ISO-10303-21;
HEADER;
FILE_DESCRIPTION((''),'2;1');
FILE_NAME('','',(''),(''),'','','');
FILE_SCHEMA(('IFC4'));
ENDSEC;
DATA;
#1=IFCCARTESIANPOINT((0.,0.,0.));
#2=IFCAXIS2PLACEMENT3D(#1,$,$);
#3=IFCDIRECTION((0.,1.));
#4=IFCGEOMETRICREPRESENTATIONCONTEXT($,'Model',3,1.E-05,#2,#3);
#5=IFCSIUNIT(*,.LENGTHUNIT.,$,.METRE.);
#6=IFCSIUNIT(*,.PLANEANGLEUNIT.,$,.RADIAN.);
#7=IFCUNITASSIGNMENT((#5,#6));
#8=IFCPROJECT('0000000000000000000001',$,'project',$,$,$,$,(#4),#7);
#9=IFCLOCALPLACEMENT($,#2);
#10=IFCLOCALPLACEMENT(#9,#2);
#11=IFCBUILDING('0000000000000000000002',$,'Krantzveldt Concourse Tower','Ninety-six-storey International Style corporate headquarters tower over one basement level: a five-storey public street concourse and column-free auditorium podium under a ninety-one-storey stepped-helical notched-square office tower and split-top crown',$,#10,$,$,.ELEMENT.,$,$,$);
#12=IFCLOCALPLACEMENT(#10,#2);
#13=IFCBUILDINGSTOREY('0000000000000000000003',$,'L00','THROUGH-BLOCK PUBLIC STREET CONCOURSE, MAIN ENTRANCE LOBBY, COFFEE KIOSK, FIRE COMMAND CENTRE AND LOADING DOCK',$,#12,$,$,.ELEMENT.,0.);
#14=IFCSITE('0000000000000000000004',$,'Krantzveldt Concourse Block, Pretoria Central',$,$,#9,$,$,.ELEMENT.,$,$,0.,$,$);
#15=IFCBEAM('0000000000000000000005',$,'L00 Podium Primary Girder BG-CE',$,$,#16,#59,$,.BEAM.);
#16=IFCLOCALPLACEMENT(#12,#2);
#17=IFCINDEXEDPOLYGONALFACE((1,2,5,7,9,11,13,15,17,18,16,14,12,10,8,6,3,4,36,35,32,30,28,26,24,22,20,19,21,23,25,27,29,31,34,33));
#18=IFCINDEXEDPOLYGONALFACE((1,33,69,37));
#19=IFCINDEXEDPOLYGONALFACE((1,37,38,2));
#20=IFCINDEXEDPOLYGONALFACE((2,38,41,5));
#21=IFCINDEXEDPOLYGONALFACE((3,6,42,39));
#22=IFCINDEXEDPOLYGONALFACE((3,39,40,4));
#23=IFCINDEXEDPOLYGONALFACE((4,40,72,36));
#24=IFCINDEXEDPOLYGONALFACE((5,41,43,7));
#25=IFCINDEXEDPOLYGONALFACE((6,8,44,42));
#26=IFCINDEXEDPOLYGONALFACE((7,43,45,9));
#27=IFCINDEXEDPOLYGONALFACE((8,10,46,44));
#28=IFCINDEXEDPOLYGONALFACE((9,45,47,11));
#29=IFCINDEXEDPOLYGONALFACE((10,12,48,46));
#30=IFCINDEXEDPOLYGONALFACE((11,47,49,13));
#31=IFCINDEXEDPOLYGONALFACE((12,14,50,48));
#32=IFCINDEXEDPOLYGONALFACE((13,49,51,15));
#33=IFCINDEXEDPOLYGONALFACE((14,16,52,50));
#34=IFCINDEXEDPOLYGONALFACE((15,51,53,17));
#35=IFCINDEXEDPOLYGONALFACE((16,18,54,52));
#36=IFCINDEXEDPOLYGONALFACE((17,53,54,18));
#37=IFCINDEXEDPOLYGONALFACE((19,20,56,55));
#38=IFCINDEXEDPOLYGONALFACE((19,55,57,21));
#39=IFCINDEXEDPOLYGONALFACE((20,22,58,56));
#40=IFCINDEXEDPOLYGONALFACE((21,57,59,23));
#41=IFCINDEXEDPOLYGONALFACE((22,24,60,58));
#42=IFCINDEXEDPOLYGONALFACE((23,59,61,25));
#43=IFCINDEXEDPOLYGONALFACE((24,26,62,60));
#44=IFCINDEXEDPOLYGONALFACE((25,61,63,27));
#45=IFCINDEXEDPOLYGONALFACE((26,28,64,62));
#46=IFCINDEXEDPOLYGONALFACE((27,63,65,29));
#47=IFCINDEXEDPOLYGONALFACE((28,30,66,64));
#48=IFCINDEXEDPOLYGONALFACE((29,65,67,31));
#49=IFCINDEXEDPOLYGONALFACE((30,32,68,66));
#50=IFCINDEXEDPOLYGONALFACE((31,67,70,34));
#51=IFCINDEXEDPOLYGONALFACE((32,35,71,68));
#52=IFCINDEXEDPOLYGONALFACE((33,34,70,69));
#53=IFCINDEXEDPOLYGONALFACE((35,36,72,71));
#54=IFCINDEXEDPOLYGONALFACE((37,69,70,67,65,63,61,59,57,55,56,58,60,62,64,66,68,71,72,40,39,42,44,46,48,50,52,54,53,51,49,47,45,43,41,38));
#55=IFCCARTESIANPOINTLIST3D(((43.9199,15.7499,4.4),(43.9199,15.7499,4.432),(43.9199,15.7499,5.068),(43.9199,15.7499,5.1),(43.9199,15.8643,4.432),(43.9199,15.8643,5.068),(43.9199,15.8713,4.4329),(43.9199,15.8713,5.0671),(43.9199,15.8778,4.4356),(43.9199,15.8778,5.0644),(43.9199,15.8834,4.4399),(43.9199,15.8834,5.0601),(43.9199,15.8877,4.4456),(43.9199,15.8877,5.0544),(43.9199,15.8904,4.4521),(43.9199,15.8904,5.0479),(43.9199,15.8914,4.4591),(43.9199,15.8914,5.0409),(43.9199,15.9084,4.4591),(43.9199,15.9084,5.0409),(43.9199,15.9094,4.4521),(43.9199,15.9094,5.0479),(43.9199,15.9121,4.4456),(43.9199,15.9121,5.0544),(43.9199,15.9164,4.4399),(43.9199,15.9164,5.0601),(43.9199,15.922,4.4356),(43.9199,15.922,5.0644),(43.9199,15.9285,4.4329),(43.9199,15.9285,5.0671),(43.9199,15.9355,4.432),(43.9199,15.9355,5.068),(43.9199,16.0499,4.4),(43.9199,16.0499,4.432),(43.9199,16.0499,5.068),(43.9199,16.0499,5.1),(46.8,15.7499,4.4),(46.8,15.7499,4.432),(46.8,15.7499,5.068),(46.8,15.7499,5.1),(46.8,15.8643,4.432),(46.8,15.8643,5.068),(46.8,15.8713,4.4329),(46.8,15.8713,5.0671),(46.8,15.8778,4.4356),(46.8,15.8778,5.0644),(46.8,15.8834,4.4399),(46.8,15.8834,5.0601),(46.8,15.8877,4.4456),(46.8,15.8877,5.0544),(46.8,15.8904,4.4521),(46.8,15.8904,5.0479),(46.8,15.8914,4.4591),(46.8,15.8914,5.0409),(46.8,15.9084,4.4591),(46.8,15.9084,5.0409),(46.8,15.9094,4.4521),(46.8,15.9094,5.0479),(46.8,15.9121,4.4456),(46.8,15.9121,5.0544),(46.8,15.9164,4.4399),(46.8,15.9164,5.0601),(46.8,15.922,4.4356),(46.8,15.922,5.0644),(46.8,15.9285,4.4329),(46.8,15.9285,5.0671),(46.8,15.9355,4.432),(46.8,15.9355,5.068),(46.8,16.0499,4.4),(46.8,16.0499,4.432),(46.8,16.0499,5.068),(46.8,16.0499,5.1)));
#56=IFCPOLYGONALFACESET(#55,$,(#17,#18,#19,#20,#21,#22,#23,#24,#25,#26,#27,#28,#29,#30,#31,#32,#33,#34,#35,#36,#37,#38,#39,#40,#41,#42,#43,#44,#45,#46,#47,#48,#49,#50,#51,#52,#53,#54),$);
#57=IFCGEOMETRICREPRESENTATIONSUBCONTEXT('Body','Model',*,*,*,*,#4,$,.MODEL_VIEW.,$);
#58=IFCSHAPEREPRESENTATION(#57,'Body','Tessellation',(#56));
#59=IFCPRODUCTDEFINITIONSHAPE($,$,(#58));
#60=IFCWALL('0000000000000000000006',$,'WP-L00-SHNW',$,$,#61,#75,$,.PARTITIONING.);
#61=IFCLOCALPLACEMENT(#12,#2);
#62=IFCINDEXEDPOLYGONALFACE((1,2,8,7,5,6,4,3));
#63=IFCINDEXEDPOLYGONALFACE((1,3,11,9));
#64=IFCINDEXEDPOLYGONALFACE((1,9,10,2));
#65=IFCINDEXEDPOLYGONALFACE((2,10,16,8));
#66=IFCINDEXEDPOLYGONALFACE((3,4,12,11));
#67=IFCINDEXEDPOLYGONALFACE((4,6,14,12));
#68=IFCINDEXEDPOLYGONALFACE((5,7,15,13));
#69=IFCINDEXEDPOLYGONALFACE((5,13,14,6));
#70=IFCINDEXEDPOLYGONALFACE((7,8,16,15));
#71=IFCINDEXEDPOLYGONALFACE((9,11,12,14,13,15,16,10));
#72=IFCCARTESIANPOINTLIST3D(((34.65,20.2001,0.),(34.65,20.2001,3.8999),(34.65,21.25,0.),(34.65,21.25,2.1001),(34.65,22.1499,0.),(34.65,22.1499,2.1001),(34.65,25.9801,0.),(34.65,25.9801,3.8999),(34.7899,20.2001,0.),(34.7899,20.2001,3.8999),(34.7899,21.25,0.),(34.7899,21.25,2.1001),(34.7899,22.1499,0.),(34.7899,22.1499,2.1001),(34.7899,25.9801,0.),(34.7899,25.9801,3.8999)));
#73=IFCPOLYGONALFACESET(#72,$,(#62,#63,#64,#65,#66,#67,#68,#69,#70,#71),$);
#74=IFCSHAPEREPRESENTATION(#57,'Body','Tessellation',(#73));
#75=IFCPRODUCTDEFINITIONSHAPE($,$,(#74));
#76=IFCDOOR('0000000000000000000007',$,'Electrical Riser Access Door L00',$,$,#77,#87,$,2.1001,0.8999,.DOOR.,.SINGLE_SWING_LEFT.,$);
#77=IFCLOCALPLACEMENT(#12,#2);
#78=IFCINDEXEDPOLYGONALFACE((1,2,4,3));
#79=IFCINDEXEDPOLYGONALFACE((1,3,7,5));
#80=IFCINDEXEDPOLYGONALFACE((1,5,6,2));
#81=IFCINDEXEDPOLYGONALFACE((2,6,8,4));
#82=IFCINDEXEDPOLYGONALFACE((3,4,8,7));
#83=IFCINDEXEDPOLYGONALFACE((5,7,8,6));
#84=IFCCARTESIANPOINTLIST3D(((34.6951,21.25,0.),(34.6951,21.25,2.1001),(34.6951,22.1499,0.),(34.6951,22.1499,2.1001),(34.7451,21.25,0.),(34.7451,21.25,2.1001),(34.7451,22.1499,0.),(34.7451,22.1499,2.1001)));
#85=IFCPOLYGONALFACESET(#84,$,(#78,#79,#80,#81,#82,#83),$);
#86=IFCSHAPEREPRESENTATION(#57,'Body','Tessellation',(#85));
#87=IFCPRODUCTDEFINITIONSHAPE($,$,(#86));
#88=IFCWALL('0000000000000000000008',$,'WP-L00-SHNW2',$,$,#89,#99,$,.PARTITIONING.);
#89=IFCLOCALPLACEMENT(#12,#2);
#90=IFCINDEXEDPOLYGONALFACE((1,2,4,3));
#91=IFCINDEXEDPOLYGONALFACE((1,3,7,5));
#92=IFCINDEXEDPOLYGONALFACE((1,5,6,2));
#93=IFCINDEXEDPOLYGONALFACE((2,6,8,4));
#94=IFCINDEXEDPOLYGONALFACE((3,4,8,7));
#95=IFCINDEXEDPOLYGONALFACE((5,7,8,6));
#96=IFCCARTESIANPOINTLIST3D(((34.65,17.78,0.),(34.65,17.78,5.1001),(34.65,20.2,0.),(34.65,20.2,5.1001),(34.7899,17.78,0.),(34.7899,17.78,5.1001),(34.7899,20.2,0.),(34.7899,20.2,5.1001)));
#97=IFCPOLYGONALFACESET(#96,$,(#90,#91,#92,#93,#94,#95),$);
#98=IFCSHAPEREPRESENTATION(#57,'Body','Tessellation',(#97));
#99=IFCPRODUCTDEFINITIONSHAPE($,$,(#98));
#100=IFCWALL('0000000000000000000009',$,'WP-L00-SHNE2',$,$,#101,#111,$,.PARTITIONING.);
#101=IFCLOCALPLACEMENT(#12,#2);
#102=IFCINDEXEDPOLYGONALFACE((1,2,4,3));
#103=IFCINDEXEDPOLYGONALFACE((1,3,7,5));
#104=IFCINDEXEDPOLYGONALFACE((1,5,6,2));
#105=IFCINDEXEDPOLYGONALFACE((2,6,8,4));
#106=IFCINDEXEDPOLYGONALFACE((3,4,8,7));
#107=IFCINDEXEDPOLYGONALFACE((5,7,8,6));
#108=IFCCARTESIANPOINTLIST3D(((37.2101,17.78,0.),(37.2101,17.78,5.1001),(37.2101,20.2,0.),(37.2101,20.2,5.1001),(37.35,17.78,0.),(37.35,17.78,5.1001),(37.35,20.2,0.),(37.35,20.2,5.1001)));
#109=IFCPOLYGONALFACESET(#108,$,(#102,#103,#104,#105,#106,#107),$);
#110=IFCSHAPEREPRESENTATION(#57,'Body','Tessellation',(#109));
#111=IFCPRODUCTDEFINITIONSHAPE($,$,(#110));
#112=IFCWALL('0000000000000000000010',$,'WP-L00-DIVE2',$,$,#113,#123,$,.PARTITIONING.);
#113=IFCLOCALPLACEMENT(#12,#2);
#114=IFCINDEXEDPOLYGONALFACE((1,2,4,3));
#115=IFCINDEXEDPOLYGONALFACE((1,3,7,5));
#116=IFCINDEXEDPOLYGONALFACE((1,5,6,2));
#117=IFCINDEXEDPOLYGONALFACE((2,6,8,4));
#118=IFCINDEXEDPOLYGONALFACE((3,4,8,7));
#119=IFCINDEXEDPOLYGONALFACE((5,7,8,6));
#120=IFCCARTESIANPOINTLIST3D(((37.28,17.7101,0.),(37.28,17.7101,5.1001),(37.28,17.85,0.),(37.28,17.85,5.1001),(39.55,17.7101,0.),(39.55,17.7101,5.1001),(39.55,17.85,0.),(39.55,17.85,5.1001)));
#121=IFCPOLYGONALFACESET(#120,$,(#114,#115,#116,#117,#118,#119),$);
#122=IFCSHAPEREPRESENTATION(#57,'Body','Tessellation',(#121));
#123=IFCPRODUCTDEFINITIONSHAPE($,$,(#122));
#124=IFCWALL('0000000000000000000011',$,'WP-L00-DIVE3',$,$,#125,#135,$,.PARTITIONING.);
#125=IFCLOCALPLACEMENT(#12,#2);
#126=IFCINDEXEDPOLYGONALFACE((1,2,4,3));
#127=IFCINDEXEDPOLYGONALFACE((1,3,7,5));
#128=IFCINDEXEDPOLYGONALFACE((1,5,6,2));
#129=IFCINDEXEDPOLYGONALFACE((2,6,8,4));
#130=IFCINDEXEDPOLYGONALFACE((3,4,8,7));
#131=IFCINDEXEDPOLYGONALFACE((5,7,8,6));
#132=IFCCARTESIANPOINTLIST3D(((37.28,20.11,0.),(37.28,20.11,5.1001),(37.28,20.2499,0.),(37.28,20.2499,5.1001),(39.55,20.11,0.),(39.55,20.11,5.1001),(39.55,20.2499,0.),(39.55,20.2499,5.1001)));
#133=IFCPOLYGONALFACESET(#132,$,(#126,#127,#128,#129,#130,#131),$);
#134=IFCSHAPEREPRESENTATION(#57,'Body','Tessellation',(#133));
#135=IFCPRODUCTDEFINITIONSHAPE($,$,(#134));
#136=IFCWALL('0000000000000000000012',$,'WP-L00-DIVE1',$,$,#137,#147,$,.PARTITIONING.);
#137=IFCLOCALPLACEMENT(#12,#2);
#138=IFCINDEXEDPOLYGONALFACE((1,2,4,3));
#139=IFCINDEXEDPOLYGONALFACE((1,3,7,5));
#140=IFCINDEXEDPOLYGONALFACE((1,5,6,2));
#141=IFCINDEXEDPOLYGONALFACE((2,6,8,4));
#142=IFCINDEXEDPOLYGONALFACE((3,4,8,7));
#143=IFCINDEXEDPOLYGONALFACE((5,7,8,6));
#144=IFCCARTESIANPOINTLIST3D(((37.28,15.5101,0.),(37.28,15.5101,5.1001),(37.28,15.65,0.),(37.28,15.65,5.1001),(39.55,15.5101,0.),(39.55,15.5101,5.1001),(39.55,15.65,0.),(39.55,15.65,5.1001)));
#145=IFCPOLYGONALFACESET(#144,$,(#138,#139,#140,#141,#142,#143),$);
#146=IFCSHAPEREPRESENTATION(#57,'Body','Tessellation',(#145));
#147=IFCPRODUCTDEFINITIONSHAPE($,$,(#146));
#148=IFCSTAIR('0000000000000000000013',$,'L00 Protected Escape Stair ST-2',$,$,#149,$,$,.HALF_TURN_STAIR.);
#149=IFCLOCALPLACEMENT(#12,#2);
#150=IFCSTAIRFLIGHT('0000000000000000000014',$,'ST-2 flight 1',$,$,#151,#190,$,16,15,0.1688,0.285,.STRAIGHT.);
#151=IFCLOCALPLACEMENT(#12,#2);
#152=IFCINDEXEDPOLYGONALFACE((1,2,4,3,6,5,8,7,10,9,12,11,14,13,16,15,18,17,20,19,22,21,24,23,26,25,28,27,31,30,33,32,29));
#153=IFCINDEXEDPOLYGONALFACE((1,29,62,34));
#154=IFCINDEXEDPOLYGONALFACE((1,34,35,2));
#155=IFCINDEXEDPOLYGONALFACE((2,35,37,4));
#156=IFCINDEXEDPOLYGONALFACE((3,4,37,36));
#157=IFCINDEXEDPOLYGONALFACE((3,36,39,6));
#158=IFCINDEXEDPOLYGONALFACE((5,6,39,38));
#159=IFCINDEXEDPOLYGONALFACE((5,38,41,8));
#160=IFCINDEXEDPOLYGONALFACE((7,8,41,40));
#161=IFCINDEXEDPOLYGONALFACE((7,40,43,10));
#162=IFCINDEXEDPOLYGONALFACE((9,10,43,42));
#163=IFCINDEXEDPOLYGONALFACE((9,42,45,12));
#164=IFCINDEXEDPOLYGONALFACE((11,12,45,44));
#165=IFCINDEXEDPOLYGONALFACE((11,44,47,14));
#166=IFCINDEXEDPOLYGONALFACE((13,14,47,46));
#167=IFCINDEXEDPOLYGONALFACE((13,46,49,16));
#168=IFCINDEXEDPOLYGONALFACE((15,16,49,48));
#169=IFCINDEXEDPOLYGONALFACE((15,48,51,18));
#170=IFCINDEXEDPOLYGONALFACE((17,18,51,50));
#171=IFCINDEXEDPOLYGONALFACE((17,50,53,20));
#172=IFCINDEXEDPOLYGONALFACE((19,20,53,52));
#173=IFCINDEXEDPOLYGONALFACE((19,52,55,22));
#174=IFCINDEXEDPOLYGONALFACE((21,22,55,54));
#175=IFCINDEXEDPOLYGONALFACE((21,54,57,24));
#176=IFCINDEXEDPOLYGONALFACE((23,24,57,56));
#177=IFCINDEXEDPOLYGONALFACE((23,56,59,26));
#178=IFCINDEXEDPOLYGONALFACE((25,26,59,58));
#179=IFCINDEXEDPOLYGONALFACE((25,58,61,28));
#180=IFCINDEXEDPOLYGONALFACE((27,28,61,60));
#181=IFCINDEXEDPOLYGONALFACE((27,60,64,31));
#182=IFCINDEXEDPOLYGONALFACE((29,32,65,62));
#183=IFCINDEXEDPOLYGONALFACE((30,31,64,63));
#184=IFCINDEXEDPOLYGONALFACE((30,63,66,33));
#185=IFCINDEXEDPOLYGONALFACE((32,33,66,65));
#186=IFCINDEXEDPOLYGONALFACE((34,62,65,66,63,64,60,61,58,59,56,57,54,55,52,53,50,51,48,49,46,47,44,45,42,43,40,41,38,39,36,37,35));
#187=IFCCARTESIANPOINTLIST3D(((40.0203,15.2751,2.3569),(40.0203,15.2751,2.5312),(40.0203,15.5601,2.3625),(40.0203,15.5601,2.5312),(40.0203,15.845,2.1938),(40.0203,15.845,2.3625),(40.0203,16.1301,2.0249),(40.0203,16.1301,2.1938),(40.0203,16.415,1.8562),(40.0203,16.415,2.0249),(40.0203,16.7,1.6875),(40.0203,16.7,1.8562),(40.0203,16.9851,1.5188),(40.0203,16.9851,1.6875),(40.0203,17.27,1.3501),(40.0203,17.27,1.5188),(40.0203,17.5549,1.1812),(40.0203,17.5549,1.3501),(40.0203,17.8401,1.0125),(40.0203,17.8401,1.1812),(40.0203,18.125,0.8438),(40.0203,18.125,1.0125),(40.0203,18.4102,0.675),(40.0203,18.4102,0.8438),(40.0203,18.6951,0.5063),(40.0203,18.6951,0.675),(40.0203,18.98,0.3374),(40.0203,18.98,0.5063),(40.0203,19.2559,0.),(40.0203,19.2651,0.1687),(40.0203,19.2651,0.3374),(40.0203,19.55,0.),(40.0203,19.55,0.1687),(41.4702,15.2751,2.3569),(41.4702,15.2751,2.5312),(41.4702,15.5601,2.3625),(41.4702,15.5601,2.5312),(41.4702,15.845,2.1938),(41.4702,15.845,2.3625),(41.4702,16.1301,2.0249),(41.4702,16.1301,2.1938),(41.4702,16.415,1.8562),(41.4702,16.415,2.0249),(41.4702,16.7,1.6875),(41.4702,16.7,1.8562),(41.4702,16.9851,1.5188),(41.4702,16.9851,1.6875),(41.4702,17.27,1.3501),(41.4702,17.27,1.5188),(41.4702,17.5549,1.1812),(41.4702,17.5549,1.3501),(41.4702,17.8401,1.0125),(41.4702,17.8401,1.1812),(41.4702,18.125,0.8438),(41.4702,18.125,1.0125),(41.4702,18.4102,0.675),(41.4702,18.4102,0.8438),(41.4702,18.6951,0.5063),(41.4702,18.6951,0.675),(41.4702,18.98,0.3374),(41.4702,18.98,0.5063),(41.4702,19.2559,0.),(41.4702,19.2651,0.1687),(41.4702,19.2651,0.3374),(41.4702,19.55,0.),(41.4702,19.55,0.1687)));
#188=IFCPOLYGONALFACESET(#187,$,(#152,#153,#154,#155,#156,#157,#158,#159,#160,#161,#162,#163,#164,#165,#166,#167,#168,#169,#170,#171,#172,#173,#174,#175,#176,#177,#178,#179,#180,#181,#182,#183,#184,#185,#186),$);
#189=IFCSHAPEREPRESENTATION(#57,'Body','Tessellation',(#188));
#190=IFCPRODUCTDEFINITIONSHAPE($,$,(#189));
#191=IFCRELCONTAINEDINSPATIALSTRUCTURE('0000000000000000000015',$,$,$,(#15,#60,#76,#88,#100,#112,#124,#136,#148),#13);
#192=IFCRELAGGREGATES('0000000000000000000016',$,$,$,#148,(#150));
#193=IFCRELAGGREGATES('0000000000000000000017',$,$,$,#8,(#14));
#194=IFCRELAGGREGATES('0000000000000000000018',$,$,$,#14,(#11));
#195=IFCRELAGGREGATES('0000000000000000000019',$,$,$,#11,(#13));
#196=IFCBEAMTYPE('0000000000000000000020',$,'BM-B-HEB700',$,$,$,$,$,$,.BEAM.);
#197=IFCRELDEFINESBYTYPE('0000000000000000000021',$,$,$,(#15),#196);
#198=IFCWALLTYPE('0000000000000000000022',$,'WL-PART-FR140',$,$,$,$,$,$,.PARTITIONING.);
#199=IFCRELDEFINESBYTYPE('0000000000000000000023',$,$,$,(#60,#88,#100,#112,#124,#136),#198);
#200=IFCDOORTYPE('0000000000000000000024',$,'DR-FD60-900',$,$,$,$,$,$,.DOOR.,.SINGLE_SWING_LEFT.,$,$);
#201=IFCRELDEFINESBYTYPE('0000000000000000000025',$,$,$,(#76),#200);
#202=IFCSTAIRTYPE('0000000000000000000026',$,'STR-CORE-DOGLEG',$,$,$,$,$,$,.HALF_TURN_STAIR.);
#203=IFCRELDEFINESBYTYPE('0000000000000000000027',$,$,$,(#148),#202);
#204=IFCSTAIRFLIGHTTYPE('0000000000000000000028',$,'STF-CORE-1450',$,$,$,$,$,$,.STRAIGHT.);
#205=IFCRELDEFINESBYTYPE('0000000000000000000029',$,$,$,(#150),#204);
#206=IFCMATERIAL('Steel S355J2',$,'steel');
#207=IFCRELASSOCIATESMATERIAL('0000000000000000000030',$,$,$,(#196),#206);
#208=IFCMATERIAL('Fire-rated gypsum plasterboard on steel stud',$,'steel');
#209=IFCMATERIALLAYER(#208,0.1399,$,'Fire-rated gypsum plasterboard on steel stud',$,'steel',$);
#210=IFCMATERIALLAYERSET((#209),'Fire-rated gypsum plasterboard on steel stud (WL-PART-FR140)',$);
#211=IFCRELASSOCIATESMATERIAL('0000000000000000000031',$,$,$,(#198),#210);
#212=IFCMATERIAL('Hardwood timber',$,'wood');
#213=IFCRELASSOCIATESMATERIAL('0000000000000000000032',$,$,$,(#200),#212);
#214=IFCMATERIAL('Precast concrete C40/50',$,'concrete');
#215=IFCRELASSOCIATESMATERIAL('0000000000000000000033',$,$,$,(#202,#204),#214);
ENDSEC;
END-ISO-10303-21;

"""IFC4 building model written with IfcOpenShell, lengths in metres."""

from ifc_helpers import new_model, si_unit, direction, frame, frame_2d, origin, origin_2d, place, context, subcontext, project, spatial, polyline, rectangle, i_section, outline, extrude, source, transform, mapped, material, layer, layer_set, material_profile, profile_set, type_object, type_shapes, element, fill, aggregate, save


model = new_model("IFC4")

# Units and contexts
model_context = context("Model", 3, precision=1e-05, world=origin(), true_north=direction((0.0, 1.0)))
body_context = subcontext(model_context, "Body", "Model", "MODEL_VIEW")
ifc_project = project(units=[si_unit("LENGTHUNIT", "METRE"), si_unit("PLANEANGLEUNIT", "RADIAN")], contexts=[model_context])

# Site, building, storey
site_placement = place(None, origin())
site = spatial("IfcSite", under=ifc_project, at=site_placement, Name="Krantzveldt Concourse Block, Pretoria Central", CompositionType="ELEMENT", RefElevation=0.0)
building_placement = place(site_placement, origin())
building = spatial("IfcBuilding", under=site, at=building_placement, Name="Krantzveldt Concourse Tower", Description="Ninety-six-storey International Style corporate headquarters tower over one basement level: a five-storey public street concourse and column-free auditorium podium under a ninety-one-storey stepped-helical notched-square office tower and split-top crown", CompositionType="ELEMENT")
storey_placement = place(building_placement, origin())
storey = spatial("IfcBuildingStorey", under=building, at=storey_placement, Name="L00", Description="THROUGH-BLOCK PUBLIC STREET CONCOURSE, MAIN ENTRANCE LOBBY, COFFEE KIOSK, FIRE COMMAND CENTRE AND LOADING DOCK", CompositionType="ELEMENT", Elevation=0.0)

# Beam
ifc_material_1 = material(Name="Steel S355J2", Category="steel")
ifc_material_profile = material_profile(ifc_material_1, i_section(OverallWidth=0.3, OverallDepth=0.7, WebThickness=0.0171, FlangeThickness=0.032, FilletRadius=0.0271, at=origin_2d()), Name="Steel S355J2", Category="steel")
ifc_profile_set = profile_set([ifc_material_profile], Name="Steel S355J2 - HEB 700")
beam_type = type_object("IfcBeamType", Name="BM-B-HEB700", PredefinedType="BEAM", material=ifc_profile_set)
shared_shape_1 = source(origin(), body_context, "Body", "SweptSolid", [
    extrude(i_section(OverallWidth=0.3, OverallDepth=0.7, WebThickness=0.0171, FlangeThickness=0.032, FilletRadius=0.0271, at=origin_2d()), origin(), (0.0, 0.0, 1.0), 2.8801),
])
type_shapes(beam_type, [shared_shape_1])
beam_placement = place(storey_placement, frame((43.9199, 15.8999, 4.75), z_axis=(1.0, 0.0, 0.0), x_axis=(0.0, 1.0, 0.0)))
element("IfcBeam", 1, at=beam_placement, inside=storey, type_object=beam_type, Name="L00 Podium Primary Girder BG-CE", PredefinedType="BEAM", context=body_context, shape_type="MappedRepresentation", body=[
    mapped(shared_shape_1, transform((0.0, 0.0, 0.0), x_axis=(1.0, 0.0, 0.0), y_axis=(0.0, 1.0, 0.0), z_axis=(0.0, 0.0, 1.0), scale=1.0)),
])

# Wall, opening, door
ifc_material_2 = material(Name="Fire-rated gypsum plasterboard on steel stud", Category="steel")
ifc_layer_1 = layer(ifc_material_2, 0.1399, Name="Fire-rated gypsum plasterboard on steel stud", Category="steel")
ifc_layer_set_1 = layer_set([ifc_layer_1], Name="Fire-rated gypsum plasterboard on steel stud (WL-PART-FR140)")
wall_type = type_object("IfcWallType", Name="WL-PART-FR140", PredefinedType="PARTITIONING", material=ifc_layer_set_1)
wall_placement = place(storey_placement, frame((34.72, 20.2, 0.0), z_axis=(0.0, 0.0, 1.0), x_axis=(0.0, 1.0, 0.0)))
wall = element("IfcWall", 2, at=wall_placement, inside=storey, type_object=wall_type, Name="WP-L00-SHNW", PredefinedType="PARTITIONING", context=body_context, shape_type="SweptSolid", body=[
    extrude(rectangle(XDim=5.78, YDim=0.1399, at=frame_2d((2.8901, 0.0))), origin(), (0.0, 0.0, 1.0), 3.8999),
])
opening_placement = place(wall_placement, frame((1.05, 0.0, 0.0)))
opening = element("IfcOpeningElement", 3, at=opening_placement, cuts=wall, PredefinedType="OPENING", context=body_context, shape_type="SweptSolid", body=[
    extrude(rectangle(XDim=0.8999, YDim=2.1001, at=frame_2d((0.45, 1.05))), frame((0.0, 0.0801, 0.0), z_axis=(0.0, -1.0, 0.0), x_axis=(1.0, 0.0, 0.0)), (0.0, 0.0, 1.0), 0.1599),
])
ifc_material_3 = material(Name="Hardwood timber", Category="wood")
door_type = type_object("IfcDoorType", Name="DR-FD60-900", OperationType="SINGLE_SWING_LEFT", PredefinedType="DOOR", material=ifc_material_3)
door_placement = place(opening_placement, origin())
door = element("IfcDoor", 4, at=door_placement, inside=storey, type_object=door_type, Name="Electrical Riser Access Door L00", OperationType="SINGLE_SWING_LEFT", OverallHeight=2.1001, OverallWidth=0.8999, PredefinedType="DOOR", context=body_context, shape_type="SweptSolid", body=[
    extrude(rectangle(XDim=0.8999, YDim=2.1001, at=frame_2d((0.45, 1.05))), frame((0.0, 0.0249, 0.0), z_axis=(0.0, -1.0, 0.0), x_axis=(1.0, 0.0, 0.0)), (0.0, 0.0, 1.0), 0.05),
])
fill(opening, door)

# Walls
for number, where, z_axis, x_axis, name in (
    (5, (34.72, 17.78, 0.0), (0.0, 0.0, 1.0), (0.0, 1.0, 0.0), "WP-L00-SHNW2"),
    (6, (37.28, 17.78, 0.0), (0.0, 0.0, 1.0), (0.0, 1.0, 0.0), "WP-L00-SHNE2"),
):
    element("IfcWall", number, at=place(storey_placement, frame(where, z_axis=z_axis, x_axis=x_axis)), inside=storey, type_object=wall_type, Name=name, PredefinedType="PARTITIONING", context=body_context, shape_type="SweptSolid", body=[
        extrude(rectangle(XDim=2.4199, YDim=0.1399, at=frame_2d((1.21, 0.0))), origin(), (0.0, 0.0, 1.0), 5.1001),
    ])
for number, where, z_axis, x_axis, name in (
    (7, (37.28, 17.78, 0.0), (0.0, 0.0, 1.0), (1.0, 0.0, 0.0), "WP-L00-DIVE2"),
    (8, (37.28, 20.1799, 0.0), (0.0, 0.0, 1.0), (1.0, 0.0, 0.0), "WP-L00-DIVE3"),
    (9, (37.28, 15.5801, 0.0), (0.0, 0.0, 1.0), (1.0, 0.0, 0.0), "WP-L00-DIVE1"),
):
    element("IfcWall", number, at=place(storey_placement, frame(where, z_axis=z_axis, x_axis=x_axis)), inside=storey, type_object=wall_type, Name=name, PredefinedType="PARTITIONING", context=body_context, shape_type="SweptSolid", body=[
        extrude(rectangle(XDim=2.27, YDim=0.1399, at=frame_2d((1.135, 0.0))), origin(), (0.0, 0.0, 1.0), 5.1001),
    ])

# Stair, stair flight
ifc_material_4 = material(Name="Precast concrete C40/50", Category="concrete")
stair_type = type_object("IfcStairType", Name="STR-CORE-DOGLEG", PredefinedType="HALF_TURN_STAIR", material=ifc_material_4)
stair_placement = place(storey_placement, origin())
stair = element("IfcStair", 10, at=stair_placement, inside=storey, type_object=stair_type, Name="L00 Protected Escape Stair ST-2", PredefinedType="HALF_TURN_STAIR")
stair_flight_type = type_object("IfcStairFlightType", Name="STF-CORE-1450", PredefinedType="STRAIGHT", material=ifc_material_4)
stair_flight_1_placement = place(storey_placement, frame((40.7451, 19.55, 0.0), z_axis=(0.0, 0.0, 1.0), x_axis=(0.0, -1.0, 0.0)))
stair_flight_1 = element("IfcStairFlight", 11, at=stair_flight_1_placement, type_object=stair_flight_type, Name="ST-2 flight 1", NumberOfRisers=16, NumberOfTreads=15, PredefinedType="STRAIGHT", RiserHeight=0.1688, TreadLength=0.285, context=body_context, shape_type="SweptSolid", body=[
    extrude(outline(polyline([(0.0, 0.0), (0.0, 0.1687), (0.2849, 0.1687), (0.2849, 0.3374), (0.5701, 0.3374), (0.5701, 0.5063), (0.855, 0.5063), (0.855, 0.675), (1.1399, 0.675), (1.1399, 0.8438), (1.425, 0.8438), (1.425, 1.0125), (1.71, 1.0125), (1.71, 1.1812), (1.9951, 1.1812), (1.9951, 1.3501), (2.28, 1.3501), (2.28, 1.5188), (2.5649, 1.5188), (2.5649, 1.6875), (2.8501, 1.6875), (2.8501, 1.8562), (3.135, 1.8562), (3.135, 2.0249), (3.4199, 2.0249), (3.4199, 2.1938), (3.7051, 2.1938), (3.7051, 2.3625), (3.99, 2.3625), (3.99, 2.5312), (4.2749, 2.5312), (4.2749, 2.7), (4.2749, 2.3569), (0.2942, 0.0), (0.0, 0.0)])), frame((0.0, 0.7251, 0.0), z_axis=(0.0, -1.0, 0.0), x_axis=(1.0, 0.0, 0.0)), (0.0, 0.0, 1.0), 1.45),
])
aggregate(stair, [stair_flight_1])

save(model, "model.ifc")
